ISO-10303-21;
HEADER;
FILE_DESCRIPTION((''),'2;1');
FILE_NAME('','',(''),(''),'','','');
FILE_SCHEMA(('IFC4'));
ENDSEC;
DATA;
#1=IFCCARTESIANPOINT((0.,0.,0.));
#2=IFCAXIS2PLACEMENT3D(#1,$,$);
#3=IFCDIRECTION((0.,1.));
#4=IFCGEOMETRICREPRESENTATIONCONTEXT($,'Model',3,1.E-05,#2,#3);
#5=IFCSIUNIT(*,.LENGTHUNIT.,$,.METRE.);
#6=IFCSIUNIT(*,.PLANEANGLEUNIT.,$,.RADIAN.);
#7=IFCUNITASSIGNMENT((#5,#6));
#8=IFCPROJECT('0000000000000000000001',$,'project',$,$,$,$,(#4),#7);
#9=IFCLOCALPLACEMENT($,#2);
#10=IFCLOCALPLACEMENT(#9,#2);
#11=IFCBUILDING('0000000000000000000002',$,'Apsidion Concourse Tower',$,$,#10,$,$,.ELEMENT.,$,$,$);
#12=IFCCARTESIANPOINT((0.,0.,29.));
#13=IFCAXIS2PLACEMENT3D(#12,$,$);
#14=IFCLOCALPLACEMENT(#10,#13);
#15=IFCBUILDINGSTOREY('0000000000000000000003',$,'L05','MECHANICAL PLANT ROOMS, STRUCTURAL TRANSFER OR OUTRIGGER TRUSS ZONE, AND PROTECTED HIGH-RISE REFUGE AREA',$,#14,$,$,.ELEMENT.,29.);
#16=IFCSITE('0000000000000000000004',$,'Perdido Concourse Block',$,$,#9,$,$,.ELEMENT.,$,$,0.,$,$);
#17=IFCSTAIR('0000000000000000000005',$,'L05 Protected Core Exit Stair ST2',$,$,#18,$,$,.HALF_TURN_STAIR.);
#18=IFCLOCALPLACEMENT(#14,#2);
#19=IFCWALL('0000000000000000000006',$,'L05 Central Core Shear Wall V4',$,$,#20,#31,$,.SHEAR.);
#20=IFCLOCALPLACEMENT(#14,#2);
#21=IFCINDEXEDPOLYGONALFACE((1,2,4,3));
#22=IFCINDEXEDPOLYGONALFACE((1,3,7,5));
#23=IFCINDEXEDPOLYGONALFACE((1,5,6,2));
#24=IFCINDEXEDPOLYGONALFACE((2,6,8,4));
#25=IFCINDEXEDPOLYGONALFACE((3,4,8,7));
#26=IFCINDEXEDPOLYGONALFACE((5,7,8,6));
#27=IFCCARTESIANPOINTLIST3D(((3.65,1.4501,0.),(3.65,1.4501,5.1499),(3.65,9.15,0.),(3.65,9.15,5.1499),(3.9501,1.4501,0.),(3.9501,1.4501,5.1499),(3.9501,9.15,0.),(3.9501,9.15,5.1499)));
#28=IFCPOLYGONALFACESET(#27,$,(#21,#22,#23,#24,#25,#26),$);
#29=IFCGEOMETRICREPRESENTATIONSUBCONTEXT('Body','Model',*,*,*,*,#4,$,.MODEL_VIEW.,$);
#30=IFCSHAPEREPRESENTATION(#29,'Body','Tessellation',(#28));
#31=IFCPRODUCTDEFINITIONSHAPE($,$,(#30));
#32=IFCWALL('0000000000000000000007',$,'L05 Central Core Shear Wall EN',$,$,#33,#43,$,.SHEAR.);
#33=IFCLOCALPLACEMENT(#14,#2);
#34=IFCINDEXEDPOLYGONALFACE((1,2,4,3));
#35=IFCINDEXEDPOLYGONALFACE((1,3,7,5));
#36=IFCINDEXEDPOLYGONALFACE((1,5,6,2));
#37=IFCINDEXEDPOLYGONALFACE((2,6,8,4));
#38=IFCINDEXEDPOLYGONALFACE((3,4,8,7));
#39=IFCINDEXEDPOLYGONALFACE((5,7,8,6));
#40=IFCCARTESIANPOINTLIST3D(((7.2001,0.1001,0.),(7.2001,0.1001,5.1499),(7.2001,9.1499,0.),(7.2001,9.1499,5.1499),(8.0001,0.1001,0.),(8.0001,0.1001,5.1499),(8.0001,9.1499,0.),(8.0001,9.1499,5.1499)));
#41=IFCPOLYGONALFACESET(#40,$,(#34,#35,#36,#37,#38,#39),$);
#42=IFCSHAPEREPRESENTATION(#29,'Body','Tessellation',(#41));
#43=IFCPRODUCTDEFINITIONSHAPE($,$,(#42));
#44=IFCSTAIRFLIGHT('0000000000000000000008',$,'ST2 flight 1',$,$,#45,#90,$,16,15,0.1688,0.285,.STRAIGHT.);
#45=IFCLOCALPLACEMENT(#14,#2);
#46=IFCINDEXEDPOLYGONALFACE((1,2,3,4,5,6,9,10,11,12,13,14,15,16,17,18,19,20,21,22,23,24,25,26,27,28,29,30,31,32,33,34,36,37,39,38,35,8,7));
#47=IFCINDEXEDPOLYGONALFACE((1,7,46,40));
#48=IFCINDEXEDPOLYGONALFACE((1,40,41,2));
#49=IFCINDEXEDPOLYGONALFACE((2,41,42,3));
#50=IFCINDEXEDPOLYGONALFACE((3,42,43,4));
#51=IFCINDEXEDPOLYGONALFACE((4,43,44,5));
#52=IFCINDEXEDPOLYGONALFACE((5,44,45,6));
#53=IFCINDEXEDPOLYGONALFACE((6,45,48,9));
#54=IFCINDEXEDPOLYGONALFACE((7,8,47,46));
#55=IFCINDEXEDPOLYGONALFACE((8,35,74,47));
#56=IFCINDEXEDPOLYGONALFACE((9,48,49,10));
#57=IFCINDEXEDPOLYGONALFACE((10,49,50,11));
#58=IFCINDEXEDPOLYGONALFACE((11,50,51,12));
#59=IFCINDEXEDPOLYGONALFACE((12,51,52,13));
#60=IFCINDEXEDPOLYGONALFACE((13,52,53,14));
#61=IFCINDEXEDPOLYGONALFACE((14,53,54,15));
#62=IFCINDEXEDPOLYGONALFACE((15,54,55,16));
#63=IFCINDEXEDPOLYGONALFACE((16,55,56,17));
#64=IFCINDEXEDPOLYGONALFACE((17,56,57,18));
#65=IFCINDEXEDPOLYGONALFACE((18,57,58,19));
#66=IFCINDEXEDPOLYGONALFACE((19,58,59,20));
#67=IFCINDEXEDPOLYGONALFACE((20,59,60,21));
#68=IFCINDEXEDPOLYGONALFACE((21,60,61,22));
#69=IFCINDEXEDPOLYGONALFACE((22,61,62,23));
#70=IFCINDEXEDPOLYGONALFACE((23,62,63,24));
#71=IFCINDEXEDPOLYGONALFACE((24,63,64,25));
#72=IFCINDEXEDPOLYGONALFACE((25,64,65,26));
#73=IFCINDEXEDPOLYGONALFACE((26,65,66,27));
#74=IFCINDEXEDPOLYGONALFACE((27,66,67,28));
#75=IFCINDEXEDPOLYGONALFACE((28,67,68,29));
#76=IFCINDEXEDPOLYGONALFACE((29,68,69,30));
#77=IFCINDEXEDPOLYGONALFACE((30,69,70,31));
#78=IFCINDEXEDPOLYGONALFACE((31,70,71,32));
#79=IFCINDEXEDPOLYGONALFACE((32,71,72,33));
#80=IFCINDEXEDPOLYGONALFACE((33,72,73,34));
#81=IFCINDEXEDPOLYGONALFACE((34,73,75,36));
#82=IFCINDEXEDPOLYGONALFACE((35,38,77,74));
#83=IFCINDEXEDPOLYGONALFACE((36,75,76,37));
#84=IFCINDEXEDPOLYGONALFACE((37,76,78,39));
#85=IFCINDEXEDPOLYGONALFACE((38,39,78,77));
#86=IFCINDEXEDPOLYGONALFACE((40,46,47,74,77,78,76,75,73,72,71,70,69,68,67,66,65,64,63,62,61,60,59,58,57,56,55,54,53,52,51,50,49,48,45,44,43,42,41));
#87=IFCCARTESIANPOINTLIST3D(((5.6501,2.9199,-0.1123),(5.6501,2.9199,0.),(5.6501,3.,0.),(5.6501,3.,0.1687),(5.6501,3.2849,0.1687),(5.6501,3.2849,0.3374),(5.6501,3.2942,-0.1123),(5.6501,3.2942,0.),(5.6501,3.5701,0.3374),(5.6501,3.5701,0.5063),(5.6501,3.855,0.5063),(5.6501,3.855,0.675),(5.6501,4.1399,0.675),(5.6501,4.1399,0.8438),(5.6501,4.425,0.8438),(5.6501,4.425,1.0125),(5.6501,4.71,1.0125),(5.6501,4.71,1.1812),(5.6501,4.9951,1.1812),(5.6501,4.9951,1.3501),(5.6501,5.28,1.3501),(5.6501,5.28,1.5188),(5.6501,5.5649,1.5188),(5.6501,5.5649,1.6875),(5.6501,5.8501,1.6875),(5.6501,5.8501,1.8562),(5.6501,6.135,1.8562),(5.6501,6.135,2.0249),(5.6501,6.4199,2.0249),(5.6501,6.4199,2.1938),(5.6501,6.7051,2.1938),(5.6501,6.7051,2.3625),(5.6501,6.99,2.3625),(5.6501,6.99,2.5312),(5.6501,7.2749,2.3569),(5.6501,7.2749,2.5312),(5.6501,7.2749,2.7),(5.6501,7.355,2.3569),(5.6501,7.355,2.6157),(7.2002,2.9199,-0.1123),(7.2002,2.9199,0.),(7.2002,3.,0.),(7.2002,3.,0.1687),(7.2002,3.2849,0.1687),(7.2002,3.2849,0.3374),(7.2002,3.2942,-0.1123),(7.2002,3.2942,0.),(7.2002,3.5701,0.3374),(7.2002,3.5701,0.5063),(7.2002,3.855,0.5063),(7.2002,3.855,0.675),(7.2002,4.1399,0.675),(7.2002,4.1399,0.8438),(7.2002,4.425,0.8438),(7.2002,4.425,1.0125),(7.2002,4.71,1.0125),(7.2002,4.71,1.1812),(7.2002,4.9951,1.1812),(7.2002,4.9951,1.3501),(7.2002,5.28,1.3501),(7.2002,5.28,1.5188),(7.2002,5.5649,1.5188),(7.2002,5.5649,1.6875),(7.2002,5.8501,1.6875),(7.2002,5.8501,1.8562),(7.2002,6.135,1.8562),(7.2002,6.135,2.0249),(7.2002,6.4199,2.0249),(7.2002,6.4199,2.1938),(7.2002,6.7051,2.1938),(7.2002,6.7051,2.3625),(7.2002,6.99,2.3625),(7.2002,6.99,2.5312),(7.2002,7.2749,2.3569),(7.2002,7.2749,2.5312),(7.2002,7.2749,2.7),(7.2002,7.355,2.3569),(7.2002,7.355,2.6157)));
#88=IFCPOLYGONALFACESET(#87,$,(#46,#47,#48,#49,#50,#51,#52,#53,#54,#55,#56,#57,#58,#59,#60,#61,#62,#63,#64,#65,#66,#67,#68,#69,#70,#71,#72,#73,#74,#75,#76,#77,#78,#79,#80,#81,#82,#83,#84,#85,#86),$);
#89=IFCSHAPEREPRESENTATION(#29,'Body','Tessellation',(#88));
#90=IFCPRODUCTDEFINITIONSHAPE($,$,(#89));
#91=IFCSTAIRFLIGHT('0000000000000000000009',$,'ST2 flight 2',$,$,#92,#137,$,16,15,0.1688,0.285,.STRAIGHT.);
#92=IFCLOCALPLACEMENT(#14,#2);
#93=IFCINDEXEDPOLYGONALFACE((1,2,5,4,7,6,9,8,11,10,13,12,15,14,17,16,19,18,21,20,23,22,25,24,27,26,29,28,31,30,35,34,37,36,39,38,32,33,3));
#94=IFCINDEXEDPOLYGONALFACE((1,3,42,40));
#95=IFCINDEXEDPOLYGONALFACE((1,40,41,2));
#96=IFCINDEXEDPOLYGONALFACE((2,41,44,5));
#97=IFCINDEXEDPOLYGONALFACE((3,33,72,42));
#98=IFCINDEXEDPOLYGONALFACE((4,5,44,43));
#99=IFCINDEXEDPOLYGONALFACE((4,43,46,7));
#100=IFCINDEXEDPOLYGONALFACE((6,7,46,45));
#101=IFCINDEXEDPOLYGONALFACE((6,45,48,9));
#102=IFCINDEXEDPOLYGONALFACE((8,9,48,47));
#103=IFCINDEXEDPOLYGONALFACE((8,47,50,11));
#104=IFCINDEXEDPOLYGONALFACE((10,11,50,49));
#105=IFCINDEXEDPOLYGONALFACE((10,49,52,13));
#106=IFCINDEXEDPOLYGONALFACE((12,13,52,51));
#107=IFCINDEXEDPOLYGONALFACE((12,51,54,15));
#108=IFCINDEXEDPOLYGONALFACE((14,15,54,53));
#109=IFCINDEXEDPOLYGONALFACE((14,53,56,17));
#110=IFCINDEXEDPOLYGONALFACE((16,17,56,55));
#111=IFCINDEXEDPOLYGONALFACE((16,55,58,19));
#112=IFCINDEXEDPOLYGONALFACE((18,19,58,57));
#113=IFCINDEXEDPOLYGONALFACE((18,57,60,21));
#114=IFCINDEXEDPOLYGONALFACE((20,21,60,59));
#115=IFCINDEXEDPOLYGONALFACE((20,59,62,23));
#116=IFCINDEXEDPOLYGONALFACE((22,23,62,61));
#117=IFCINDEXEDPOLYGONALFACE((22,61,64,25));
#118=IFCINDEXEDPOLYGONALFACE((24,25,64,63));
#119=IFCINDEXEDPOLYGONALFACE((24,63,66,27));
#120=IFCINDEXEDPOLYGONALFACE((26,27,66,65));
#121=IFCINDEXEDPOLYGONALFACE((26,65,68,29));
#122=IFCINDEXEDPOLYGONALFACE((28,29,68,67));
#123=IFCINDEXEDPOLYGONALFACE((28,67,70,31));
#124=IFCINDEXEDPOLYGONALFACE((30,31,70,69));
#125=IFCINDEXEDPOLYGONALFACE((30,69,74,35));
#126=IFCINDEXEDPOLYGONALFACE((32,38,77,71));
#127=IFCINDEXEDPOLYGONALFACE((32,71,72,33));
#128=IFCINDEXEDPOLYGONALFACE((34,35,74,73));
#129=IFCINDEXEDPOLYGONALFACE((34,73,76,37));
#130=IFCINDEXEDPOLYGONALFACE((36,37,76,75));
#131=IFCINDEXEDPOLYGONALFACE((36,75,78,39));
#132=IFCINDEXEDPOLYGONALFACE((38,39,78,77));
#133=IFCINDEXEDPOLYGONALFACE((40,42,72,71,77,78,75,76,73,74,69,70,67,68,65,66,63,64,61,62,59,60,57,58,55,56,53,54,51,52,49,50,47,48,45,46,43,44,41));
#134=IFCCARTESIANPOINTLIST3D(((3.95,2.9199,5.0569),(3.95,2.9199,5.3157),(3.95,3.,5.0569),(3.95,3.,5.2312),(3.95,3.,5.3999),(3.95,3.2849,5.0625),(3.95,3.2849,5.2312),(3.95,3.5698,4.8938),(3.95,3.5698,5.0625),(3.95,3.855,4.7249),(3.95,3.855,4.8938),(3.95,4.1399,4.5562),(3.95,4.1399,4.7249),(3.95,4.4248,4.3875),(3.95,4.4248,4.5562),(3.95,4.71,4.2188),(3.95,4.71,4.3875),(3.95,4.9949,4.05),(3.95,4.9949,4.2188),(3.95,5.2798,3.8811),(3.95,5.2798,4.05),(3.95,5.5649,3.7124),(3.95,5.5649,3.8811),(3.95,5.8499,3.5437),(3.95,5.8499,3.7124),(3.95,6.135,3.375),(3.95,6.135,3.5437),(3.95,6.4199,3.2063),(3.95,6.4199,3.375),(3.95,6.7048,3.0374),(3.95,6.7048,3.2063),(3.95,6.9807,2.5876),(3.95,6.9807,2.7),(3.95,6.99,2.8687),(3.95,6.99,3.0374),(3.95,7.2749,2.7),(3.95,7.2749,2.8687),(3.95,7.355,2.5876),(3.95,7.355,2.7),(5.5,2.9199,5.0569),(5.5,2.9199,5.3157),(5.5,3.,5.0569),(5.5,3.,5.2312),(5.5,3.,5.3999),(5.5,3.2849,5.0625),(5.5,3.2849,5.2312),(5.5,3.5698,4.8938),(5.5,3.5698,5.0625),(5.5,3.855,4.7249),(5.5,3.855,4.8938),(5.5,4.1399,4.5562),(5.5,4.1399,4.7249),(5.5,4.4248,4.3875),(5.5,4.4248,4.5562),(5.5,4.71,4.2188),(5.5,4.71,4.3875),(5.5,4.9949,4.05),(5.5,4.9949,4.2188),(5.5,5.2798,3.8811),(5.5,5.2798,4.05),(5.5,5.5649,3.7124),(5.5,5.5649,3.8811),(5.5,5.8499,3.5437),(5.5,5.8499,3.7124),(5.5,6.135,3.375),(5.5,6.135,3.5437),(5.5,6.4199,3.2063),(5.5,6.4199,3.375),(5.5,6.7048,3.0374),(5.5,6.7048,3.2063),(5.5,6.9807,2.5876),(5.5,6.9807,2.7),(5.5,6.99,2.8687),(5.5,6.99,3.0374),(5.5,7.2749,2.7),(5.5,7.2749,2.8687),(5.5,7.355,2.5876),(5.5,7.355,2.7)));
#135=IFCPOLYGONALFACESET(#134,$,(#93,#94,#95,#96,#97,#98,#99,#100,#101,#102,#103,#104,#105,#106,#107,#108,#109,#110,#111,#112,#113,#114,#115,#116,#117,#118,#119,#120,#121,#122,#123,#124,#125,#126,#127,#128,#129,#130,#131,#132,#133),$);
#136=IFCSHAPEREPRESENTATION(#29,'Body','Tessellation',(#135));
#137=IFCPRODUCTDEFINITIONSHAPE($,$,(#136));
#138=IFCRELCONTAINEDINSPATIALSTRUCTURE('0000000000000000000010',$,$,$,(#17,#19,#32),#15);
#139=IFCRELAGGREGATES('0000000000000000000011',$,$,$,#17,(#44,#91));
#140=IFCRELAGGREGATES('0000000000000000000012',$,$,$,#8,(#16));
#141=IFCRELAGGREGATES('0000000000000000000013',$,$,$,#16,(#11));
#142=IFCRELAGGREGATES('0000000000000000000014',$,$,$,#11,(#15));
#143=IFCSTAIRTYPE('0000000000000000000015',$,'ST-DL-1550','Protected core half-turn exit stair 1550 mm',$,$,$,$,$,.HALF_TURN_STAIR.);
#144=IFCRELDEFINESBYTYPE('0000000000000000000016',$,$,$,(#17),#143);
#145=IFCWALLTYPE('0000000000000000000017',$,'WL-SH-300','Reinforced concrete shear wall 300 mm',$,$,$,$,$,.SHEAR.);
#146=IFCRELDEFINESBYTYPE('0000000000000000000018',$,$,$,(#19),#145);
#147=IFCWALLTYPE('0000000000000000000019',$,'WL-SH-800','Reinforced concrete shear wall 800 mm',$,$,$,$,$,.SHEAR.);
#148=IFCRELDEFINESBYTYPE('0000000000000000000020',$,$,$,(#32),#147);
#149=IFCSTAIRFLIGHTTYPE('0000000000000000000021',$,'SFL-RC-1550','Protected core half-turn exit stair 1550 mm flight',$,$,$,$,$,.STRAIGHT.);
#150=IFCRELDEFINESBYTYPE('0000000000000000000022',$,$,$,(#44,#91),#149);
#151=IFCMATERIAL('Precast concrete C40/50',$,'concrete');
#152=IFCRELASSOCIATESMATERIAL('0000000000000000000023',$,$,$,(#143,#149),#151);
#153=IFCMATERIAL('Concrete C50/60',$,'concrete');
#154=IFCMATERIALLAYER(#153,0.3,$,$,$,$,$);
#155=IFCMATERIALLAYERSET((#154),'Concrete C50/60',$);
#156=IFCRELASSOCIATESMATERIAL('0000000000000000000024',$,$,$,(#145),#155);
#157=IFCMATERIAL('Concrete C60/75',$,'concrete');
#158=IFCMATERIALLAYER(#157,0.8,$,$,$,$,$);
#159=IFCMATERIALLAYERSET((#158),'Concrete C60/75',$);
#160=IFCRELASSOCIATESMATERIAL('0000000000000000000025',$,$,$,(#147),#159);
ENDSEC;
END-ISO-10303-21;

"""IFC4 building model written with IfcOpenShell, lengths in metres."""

from ifc_helpers import new_model, si_unit, direction, frame, frame_2d, origin, place, context, subcontext, project, spatial, polyline, rectangle, outline, extrude, material, layer, layer_set, type_object, element, aggregate, save


model = new_model("IFC4")

# Units and contexts
model_context = context("Model", 3, precision=1e-05, world=origin(), true_north=direction((0.0, 1.0)))
body_context = subcontext(model_context, "Body", "Model", "MODEL_VIEW")
ifc_project = project(units=[si_unit("LENGTHUNIT", "METRE"), si_unit("PLANEANGLEUNIT", "RADIAN")], contexts=[model_context])

# Site, building, storey
site_placement = place(None, origin())
site = spatial("IfcSite", under=ifc_project, at=site_placement, Name="Perdido Concourse Block", CompositionType="ELEMENT", RefElevation=0.0)
building_placement = place(site_placement, origin())
building = spatial("IfcBuilding", under=site, at=building_placement, Name="Apsidion Concourse Tower", CompositionType="ELEMENT")
storey_placement = place(building_placement, frame((0.0, 0.0, 29.0)))
storey = spatial("IfcBuildingStorey", under=building, at=storey_placement, Name="L05", Description="MECHANICAL PLANT ROOMS, STRUCTURAL TRANSFER OR OUTRIGGER TRUSS ZONE, AND PROTECTED HIGH-RISE REFUGE AREA", CompositionType="ELEMENT", Elevation=29.0)

# Shared definitions
ifc_material_1 = material(Name="Concrete C50/60", Category="concrete")
ifc_material_2 = material(Name="Concrete C60/75", Category="concrete")

# Stair
ifc_material_3 = material(Name="Precast concrete C40/50", Category="concrete")
stair_type = type_object("IfcStairType", Name="ST-DL-1550", Description="Protected core half-turn exit stair 1550 mm", PredefinedType="HALF_TURN_STAIR", material=ifc_material_3)
stair_1_placement = place(storey_placement, origin())
stair_1 = element("IfcStair", 1, at=stair_1_placement, inside=storey, type_object=stair_type, Name="L05 Protected Core Exit Stair ST2", PredefinedType="HALF_TURN_STAIR")

# Walls
ifc_layer_1 = layer(ifc_material_1, 0.3)
ifc_layer_set_1 = layer_set([ifc_layer_1], Name="Concrete C50/60")
wall_type_1 = type_object("IfcWallType", Name="WL-SH-300", Description="Reinforced concrete shear wall 300 mm", PredefinedType="SHEAR", material=ifc_layer_set_1)
for number, where, z_axis, x_axis, name in (
    (2, (3.8, 1.45, 0.0), (0.0, 0.0, 1.0), (0.0, 1.0, 0.0), "L05 Central Core Shear Wall V4"),
):
    element("IfcWall", number, at=place(storey_placement, frame(where, z_axis=z_axis, x_axis=x_axis)), inside=storey, type_object=wall_type_1, Name=name, PredefinedType="SHEAR", context=body_context, shape_type="SweptSolid", body=[
        extrude(rectangle(XDim=7.7, YDim=0.3, at=frame_2d((3.8501, 0.0))), origin(), (0.0, 0.0, 1.0), 5.1499),
    ])
ifc_layer_2 = layer(ifc_material_2, 0.8)
ifc_layer_set_2 = layer_set([ifc_layer_2], Name="Concrete C60/75")
wall_type_2 = type_object("IfcWallType", Name="WL-SH-800", Description="Reinforced concrete shear wall 800 mm", PredefinedType="SHEAR", material=ifc_layer_set_2)
wall_1_placement = place(storey_placement, frame((7.6001, 0.1001, 0.0), z_axis=(0.0, 0.0, 1.0), x_axis=(0.0, 1.0, 0.0)))
element("IfcWall", 3, at=wall_1_placement, inside=storey, type_object=wall_type_2, Name="L05 Central Core Shear Wall EN", PredefinedType="SHEAR", context=body_context, shape_type="SweptSolid", body=[
    extrude(rectangle(XDim=9.0498, YDim=0.8, at=frame_2d((4.5249, 0.0))), origin(), (0.0, 0.0, 1.0), 5.1499),
])

# Stair flights
stair_flight_type = type_object("IfcStairFlightType", Name="SFL-RC-1550", Description="Protected core half-turn exit stair 1550 mm flight", PredefinedType="STRAIGHT", material=ifc_material_3)
stair_flight_1_placement = place(storey_placement, frame((6.425, 3.0, 0.0), z_axis=(0.0, 0.0, 1.0), x_axis=(0.0, 1.0, 0.0)))
stair_flight_1 = element("IfcStairFlight", 4, at=stair_flight_1_placement, type_object=stair_flight_type, Name="ST2 flight 1", NumberOfRisers=16, NumberOfTreads=15, PredefinedType="STRAIGHT", RiserHeight=0.1688, TreadLength=0.285, context=body_context, shape_type="SweptSolid", body=[
    extrude(outline(polyline([(-0.0801, -0.1123), (-0.0801, 0.0), (0.0, 0.0), (0.0, 0.1687), (0.2849, 0.1687), (0.2849, 0.3374), (0.5701, 0.3374), (0.5701, 0.5063), (0.855, 0.5063), (0.855, 0.675), (1.1399, 0.675), (1.1399, 0.8438), (1.425, 0.8438), (1.425, 1.0125), (1.71, 1.0125), (1.71, 1.1812), (1.9951, 1.1812), (1.9951, 1.3501), (2.28, 1.3501), (2.28, 1.5188), (2.5649, 1.5188), (2.5649, 1.6875), (2.8501, 1.6875), (2.8501, 1.8562), (3.135, 1.8562), (3.135, 2.0249), (3.4199, 2.0249), (3.4199, 2.1938), (3.7051, 2.1938), (3.7051, 2.3625), (3.99, 2.3625), (3.99, 2.5312), (4.2749, 2.5312), (4.2749, 2.7), (4.355, 2.6157), (4.355, 2.3569), (4.2749, 2.3569), (0.2942, 0.0), (0.2942, -0.1123), (-0.0801, -0.1123)])), frame((0.0, 0.7749, 0.0), z_axis=(0.0, -1.0, 0.0), x_axis=(1.0, 0.0, 0.0)), (0.0, 0.0, 1.0), 1.55),
])
stair_flight_2_placement = place(storey_placement, frame((4.7251, 7.2749, 2.7), z_axis=(0.0, 0.0, 1.0), x_axis=(0.0, -1.0, 0.0)))
stair_flight_2 = element("IfcStairFlight", 5, at=stair_flight_2_placement, type_object=stair_flight_type, Name="ST2 flight 2", NumberOfRisers=16, NumberOfTreads=15, PredefinedType="STRAIGHT", RiserHeight=0.1688, TreadLength=0.285, context=body_context, shape_type="SweptSolid", body=[
    extrude(outline(polyline([(-0.0801, -0.1123), (-0.0801, 0.0), (0.0, 0.0), (0.0, 0.1687), (0.2849, 0.1687), (0.2849, 0.3374), (0.5701, 0.3374), (0.5701, 0.5063), (0.855, 0.5063), (0.855, 0.675), (1.1399, 0.675), (1.1399, 0.8438), (1.425, 0.8438), (1.425, 1.0125), (1.71, 1.0125), (1.71, 1.1812), (1.9951, 1.1812), (1.9951, 1.3501), (2.28, 1.3501), (2.28, 1.5188), (2.5649, 1.5188), (2.5649, 1.6875), (2.8501, 1.6875), (2.8501, 1.8562), (3.135, 1.8562), (3.135, 2.0249), (3.4199, 2.0249), (3.4199, 2.1938), (3.7051, 2.1938), (3.7051, 2.3625), (3.99, 2.3625), (3.99, 2.5312), (4.2749, 2.5312), (4.2749, 2.7), (4.355, 2.6157), (4.355, 2.3569), (4.2749, 2.3569), (0.2942, 0.0), (0.2942, -0.1123), (-0.0801, -0.1123)])), frame((0.0, 0.7749, 0.0), z_axis=(0.0, -1.0, 0.0), x_axis=(1.0, 0.0, 0.0)), (0.0, 0.0, 1.0), 1.55),
])
aggregate(stair_1, [stair_flight_1, stair_flight_2])

save(model, "model.ifc")
